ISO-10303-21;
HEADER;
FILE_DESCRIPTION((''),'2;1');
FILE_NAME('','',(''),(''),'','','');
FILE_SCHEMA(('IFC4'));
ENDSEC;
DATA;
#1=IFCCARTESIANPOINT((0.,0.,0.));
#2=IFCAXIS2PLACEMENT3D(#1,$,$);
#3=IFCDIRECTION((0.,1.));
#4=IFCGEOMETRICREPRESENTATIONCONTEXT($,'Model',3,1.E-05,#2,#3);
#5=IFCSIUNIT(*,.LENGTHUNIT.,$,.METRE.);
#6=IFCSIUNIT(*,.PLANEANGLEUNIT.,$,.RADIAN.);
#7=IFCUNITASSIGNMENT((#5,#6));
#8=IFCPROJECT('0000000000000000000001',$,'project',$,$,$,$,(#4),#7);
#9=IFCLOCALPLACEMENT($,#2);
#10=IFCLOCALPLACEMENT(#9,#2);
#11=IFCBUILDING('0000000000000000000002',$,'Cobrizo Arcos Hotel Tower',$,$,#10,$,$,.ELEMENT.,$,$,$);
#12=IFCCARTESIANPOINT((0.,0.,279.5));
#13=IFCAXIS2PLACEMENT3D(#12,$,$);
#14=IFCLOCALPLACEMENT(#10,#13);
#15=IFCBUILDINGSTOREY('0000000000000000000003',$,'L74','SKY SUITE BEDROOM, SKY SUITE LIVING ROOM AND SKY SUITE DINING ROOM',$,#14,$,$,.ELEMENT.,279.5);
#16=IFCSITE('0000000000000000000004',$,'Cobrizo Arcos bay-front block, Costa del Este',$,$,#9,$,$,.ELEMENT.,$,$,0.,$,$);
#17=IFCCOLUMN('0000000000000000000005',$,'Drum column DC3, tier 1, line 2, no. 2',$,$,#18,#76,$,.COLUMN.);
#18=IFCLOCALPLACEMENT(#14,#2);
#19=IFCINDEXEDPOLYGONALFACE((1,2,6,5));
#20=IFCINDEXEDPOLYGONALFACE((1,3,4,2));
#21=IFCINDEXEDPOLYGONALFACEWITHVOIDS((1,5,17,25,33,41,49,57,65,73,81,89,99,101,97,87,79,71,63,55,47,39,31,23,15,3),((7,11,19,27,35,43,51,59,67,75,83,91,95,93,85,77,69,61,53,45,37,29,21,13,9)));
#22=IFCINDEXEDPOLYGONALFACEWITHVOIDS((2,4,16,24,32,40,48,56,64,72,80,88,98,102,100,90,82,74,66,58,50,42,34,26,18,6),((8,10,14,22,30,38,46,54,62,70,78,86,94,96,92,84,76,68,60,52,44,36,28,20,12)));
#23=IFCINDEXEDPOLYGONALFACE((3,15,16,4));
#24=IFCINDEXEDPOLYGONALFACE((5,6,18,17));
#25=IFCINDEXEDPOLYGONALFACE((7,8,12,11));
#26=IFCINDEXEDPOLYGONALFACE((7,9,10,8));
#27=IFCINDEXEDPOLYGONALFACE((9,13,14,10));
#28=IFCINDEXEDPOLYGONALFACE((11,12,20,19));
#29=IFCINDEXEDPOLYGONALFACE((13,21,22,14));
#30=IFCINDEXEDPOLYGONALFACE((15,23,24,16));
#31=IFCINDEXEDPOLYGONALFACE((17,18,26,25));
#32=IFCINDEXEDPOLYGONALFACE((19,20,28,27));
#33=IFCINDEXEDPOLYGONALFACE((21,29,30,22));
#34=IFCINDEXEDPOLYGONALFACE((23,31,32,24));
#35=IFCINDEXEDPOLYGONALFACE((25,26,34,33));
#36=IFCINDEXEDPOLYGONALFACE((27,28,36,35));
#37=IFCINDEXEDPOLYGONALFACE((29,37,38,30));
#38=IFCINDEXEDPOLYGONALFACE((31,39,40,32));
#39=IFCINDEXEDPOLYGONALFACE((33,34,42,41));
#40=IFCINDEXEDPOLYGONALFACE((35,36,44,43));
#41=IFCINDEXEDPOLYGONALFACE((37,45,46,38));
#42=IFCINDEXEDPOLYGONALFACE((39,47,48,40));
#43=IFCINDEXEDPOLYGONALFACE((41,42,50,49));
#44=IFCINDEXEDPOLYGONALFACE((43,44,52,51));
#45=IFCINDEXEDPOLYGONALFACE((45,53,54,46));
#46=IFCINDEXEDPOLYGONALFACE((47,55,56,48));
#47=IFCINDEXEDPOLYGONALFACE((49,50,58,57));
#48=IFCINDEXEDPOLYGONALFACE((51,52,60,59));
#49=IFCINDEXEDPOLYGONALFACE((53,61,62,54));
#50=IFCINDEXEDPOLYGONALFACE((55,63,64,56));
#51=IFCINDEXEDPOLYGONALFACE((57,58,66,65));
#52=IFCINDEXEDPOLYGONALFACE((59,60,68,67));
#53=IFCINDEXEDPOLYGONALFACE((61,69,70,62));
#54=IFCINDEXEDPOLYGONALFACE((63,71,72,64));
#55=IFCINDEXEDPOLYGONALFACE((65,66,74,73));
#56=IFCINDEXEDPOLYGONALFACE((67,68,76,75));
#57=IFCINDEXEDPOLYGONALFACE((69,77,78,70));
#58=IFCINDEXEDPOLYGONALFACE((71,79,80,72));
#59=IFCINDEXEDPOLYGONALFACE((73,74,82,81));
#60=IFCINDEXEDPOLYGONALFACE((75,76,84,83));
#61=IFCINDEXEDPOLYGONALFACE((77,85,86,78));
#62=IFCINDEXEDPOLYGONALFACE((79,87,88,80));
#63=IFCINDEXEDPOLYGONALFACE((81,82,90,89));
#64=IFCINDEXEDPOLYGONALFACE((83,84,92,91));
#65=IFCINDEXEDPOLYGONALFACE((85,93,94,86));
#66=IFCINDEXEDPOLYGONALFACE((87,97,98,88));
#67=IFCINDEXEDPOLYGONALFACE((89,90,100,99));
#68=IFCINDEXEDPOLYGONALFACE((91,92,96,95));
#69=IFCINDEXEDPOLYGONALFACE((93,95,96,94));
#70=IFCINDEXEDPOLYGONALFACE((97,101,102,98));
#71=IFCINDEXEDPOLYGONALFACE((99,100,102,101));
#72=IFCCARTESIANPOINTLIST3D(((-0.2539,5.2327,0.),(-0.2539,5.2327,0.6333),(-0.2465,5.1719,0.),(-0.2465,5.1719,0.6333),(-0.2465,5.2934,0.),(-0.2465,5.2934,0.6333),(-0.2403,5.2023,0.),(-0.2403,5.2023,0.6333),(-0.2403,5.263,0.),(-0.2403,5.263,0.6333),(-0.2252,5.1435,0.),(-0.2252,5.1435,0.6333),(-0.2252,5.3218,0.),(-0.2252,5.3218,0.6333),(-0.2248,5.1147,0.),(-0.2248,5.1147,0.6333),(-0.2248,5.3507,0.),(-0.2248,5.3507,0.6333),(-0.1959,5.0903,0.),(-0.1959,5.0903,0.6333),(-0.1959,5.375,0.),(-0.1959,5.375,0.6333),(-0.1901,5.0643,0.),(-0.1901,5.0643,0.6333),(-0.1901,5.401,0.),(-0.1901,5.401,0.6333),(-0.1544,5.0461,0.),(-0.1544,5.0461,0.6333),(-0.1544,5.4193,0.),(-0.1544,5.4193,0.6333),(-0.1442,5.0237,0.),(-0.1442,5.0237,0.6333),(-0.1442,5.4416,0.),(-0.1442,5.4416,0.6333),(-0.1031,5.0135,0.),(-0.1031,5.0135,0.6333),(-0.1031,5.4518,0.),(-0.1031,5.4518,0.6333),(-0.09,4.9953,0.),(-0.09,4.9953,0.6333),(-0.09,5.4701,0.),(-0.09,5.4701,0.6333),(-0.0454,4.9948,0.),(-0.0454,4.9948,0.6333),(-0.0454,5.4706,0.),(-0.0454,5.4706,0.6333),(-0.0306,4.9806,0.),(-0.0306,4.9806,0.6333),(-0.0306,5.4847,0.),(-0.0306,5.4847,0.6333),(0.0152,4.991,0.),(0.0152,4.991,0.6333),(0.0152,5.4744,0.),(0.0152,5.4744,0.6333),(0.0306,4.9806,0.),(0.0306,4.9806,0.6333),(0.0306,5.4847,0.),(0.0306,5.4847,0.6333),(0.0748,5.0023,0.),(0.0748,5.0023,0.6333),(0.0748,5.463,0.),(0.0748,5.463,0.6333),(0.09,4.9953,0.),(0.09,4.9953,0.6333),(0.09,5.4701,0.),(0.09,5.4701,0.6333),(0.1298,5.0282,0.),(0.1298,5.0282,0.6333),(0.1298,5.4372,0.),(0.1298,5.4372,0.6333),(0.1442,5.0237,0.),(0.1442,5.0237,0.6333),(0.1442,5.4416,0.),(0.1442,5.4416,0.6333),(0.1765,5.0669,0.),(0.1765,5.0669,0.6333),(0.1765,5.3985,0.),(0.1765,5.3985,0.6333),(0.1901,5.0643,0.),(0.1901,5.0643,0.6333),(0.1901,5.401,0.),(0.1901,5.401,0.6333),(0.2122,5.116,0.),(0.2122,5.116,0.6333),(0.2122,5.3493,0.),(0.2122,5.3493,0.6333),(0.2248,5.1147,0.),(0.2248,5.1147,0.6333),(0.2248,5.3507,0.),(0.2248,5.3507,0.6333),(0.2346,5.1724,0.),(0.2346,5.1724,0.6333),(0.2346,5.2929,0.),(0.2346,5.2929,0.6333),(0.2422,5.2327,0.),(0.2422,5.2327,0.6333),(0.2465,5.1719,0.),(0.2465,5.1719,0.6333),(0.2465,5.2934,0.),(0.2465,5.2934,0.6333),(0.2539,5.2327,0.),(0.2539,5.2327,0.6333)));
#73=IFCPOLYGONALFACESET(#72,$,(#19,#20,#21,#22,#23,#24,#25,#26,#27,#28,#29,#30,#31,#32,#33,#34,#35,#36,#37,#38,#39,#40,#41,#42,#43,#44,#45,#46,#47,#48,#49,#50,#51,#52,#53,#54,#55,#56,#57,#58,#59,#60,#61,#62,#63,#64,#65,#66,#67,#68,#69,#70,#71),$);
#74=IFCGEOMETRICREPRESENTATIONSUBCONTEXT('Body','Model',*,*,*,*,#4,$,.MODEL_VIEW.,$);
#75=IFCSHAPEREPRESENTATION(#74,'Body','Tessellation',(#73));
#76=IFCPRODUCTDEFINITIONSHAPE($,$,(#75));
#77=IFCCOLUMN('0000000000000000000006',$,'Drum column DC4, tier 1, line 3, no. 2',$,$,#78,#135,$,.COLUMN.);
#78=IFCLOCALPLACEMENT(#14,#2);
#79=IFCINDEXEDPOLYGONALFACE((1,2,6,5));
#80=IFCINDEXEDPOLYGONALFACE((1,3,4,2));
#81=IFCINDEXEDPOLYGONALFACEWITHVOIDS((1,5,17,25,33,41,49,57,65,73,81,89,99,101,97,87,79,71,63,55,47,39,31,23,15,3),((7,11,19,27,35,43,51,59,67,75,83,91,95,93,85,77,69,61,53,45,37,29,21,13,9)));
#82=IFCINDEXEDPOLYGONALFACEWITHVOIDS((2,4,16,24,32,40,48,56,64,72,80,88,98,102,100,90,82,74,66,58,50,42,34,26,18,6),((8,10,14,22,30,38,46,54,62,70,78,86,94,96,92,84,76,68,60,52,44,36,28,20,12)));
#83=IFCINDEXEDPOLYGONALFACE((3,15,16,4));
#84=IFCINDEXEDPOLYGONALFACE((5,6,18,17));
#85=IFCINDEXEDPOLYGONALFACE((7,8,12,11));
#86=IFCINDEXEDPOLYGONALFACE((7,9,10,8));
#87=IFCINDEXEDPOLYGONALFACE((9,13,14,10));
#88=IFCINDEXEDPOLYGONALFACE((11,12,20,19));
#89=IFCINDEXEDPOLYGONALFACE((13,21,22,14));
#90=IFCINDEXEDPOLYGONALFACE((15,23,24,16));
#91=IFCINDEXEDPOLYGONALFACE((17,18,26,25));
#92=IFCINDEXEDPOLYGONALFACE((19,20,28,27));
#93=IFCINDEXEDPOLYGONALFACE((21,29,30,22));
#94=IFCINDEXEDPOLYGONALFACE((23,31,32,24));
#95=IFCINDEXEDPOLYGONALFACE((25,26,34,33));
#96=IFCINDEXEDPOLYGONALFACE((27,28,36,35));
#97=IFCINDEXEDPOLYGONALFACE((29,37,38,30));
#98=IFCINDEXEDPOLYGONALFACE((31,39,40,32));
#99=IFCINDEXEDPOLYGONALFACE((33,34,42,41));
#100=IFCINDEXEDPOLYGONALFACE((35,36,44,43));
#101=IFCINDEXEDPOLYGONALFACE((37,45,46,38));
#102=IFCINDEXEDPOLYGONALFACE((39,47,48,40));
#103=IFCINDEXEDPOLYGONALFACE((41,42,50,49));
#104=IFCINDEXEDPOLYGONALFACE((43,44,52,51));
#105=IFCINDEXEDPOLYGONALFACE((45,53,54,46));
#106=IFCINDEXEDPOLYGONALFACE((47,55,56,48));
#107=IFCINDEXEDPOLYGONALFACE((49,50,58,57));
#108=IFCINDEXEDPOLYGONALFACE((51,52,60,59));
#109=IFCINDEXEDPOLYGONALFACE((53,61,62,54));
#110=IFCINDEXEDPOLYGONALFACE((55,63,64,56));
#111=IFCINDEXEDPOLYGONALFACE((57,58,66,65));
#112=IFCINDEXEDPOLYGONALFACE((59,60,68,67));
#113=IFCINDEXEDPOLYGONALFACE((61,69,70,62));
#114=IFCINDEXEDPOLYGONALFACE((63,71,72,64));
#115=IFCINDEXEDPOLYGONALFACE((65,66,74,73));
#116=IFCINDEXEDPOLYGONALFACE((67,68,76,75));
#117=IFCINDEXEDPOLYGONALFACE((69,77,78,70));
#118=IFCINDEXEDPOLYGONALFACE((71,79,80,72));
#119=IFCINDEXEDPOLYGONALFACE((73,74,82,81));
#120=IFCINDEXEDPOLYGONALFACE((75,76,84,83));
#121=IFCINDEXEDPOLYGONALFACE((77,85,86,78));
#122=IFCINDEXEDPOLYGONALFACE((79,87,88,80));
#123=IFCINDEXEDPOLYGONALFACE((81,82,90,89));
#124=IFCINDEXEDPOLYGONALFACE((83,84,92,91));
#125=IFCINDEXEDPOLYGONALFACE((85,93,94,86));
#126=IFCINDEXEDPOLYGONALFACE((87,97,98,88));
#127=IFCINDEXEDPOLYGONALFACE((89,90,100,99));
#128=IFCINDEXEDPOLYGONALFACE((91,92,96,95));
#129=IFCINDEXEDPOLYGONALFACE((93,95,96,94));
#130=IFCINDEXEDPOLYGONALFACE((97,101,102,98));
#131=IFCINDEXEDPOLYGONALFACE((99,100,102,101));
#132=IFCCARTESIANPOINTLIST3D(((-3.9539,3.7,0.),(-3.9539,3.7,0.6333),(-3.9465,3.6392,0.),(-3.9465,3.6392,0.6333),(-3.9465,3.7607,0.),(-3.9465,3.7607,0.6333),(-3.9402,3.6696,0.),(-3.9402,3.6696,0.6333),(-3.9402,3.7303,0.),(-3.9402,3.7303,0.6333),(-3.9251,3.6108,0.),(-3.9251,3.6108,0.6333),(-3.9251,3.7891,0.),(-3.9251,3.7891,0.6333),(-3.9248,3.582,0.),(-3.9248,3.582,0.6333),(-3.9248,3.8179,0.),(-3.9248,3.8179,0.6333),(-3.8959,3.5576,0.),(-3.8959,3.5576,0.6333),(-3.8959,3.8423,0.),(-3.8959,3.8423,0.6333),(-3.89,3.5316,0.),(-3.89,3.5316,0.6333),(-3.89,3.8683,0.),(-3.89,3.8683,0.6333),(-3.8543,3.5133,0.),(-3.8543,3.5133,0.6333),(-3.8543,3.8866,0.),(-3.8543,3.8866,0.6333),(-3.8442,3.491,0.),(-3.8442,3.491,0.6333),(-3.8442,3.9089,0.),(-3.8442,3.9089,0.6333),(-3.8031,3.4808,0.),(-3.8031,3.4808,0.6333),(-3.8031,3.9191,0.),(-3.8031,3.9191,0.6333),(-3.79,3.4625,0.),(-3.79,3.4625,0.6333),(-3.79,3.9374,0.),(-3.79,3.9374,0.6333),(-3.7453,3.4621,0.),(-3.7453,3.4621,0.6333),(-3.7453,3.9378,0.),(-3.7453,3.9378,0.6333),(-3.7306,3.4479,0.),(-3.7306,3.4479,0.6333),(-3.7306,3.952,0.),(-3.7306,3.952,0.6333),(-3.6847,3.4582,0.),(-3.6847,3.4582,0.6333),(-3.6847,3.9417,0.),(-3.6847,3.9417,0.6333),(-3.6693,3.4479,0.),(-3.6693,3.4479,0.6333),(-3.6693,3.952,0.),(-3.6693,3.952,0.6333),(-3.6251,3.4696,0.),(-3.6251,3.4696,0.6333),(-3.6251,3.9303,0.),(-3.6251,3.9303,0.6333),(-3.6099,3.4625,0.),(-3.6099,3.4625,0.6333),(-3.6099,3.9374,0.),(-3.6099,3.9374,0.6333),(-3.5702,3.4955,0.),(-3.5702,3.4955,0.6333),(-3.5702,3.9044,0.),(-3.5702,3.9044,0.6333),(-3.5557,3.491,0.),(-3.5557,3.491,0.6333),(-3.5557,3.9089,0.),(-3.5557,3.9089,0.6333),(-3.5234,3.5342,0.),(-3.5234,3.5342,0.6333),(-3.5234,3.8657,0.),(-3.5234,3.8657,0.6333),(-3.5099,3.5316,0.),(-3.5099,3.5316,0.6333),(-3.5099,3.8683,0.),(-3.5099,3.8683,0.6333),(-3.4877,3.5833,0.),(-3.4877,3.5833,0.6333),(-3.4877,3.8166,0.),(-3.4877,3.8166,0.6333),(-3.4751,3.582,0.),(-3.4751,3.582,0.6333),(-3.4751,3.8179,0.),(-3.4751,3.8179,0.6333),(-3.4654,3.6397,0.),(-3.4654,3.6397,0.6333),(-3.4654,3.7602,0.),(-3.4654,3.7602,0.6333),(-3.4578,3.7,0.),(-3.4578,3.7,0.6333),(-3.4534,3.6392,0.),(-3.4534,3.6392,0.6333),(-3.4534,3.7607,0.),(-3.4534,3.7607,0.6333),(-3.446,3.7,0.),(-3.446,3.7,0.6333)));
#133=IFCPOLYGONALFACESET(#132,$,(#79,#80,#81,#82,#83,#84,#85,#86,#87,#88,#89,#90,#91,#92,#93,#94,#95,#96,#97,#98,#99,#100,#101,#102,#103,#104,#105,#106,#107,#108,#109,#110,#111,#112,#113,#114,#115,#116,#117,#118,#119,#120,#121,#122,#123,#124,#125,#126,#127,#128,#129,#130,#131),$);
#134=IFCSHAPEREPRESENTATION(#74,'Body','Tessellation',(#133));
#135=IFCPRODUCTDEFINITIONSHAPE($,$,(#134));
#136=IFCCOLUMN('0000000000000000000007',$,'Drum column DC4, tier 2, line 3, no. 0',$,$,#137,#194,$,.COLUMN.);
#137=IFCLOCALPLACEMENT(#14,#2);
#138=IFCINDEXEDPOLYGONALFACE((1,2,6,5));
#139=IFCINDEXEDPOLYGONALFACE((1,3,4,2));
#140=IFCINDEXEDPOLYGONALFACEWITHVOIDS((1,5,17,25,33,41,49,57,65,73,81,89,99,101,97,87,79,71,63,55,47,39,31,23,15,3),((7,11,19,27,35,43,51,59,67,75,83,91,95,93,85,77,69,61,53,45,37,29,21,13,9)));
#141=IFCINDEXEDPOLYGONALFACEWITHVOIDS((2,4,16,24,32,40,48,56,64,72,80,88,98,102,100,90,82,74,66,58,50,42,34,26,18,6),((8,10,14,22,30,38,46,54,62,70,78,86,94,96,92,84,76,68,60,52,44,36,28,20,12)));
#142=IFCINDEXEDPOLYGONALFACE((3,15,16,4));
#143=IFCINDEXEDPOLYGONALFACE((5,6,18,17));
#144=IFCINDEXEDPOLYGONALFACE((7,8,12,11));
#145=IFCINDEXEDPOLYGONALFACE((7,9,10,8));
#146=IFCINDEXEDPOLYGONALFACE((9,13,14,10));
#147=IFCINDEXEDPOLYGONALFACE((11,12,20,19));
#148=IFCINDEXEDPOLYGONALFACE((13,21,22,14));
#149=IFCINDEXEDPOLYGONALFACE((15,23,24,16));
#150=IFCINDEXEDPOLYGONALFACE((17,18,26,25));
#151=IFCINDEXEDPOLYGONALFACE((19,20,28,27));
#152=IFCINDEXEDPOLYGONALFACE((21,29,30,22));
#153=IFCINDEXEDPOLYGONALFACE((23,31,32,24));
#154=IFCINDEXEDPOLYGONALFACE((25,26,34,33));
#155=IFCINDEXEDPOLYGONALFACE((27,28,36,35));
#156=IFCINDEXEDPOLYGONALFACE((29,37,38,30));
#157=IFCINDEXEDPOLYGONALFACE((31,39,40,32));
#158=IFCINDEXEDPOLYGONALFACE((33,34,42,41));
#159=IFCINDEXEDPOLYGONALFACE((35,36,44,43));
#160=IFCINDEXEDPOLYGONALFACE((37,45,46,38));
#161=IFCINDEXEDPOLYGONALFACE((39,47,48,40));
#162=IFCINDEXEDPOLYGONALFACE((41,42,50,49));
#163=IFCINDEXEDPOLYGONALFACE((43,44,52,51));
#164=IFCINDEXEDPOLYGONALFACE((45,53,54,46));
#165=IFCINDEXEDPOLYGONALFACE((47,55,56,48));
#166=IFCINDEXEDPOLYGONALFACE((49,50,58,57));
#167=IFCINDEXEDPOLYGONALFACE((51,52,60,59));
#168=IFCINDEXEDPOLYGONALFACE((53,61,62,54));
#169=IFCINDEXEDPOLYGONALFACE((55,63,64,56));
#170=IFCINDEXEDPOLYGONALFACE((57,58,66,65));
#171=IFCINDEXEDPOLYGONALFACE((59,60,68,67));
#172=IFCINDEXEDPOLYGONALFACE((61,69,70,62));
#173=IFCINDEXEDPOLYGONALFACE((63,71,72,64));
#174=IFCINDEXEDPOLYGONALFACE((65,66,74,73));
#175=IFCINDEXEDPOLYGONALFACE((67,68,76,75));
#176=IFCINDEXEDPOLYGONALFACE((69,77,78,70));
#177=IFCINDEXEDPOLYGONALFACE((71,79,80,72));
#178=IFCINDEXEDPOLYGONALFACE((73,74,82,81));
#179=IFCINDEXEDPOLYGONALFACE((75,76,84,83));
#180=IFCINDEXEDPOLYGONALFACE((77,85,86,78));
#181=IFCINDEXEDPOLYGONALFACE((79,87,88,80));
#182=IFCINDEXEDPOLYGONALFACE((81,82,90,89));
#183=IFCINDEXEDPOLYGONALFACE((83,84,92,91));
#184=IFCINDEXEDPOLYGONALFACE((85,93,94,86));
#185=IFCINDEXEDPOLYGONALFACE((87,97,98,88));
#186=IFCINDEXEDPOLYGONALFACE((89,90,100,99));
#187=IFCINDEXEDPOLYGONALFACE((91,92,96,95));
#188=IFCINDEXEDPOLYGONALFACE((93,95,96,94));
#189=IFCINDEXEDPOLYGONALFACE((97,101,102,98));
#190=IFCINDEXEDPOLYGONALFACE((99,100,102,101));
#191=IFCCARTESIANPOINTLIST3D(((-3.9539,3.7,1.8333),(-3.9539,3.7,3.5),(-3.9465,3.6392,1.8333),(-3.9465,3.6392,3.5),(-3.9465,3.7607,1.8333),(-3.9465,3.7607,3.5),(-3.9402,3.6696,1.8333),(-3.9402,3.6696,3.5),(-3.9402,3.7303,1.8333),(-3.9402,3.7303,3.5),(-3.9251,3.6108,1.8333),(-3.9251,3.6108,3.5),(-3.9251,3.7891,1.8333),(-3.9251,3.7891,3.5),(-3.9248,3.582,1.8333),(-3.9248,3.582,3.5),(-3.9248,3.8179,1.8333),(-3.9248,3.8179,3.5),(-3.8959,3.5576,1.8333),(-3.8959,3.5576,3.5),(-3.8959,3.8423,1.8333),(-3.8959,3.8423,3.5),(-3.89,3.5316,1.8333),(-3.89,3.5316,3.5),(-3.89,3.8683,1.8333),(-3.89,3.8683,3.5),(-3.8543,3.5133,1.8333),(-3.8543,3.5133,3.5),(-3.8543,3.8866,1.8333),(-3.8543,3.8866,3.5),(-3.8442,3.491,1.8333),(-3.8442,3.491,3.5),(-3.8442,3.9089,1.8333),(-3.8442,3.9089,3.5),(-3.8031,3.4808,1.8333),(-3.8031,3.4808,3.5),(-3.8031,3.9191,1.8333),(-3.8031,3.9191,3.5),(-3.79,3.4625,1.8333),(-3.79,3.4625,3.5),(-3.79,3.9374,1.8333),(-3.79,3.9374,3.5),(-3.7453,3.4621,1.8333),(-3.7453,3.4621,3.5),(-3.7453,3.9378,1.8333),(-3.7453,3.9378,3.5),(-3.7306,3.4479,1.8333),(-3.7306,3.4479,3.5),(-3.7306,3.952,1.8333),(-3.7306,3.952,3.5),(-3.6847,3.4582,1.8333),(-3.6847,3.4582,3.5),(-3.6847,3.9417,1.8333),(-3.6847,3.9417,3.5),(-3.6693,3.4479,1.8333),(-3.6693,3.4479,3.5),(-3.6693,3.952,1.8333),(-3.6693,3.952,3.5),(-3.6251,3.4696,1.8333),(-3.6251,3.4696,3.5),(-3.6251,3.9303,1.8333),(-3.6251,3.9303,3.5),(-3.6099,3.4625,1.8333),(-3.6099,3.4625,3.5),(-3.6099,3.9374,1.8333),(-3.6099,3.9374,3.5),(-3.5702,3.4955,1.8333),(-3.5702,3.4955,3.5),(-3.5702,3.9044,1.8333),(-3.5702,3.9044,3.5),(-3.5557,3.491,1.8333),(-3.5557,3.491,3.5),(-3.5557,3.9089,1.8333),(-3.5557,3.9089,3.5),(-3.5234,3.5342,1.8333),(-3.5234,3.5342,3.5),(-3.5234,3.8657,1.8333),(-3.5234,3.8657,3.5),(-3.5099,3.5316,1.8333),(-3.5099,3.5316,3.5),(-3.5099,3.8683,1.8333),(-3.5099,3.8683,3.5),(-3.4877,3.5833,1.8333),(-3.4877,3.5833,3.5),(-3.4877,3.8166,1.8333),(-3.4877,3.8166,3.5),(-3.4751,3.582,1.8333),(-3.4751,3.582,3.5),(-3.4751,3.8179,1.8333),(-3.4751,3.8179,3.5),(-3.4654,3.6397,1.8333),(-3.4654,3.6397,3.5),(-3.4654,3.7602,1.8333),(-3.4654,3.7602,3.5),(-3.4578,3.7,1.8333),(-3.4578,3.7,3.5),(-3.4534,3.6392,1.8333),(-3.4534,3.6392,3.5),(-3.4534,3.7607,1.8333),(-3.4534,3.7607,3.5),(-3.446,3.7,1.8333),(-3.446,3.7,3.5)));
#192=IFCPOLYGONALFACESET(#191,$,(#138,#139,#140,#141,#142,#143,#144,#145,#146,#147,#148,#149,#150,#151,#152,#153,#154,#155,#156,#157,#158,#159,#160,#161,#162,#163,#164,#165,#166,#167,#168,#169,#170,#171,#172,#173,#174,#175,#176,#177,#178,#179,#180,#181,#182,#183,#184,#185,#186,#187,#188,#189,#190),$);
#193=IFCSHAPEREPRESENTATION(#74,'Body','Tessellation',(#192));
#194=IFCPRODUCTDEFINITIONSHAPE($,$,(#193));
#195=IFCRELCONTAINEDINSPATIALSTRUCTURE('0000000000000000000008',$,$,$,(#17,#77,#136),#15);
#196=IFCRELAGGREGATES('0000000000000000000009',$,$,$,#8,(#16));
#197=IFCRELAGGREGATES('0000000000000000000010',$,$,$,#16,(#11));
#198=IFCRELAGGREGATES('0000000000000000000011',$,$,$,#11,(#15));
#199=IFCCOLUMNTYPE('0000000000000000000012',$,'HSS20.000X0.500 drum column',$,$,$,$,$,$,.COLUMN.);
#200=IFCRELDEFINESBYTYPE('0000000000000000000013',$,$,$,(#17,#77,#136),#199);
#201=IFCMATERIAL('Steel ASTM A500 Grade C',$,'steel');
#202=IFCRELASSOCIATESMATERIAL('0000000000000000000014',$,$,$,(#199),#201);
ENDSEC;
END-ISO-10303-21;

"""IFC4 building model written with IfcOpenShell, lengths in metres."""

from ifc_helpers import new_model, si_unit, direction, frame, origin, origin_2d, place, context, subcontext, project, spatial, hollow_circle, extrude, material, material_profile, profile_set, type_object, element, save


model = new_model("IFC4")

# Units and contexts
model_context = context("Model", 3, precision=1e-05, world=origin(), true_north=direction((0.0, 1.0)))
body_context = subcontext(model_context, "Body", "Model", "MODEL_VIEW")
ifc_project = project(units=[si_unit("LENGTHUNIT", "METRE"), si_unit("PLANEANGLEUNIT", "RADIAN")], contexts=[model_context])

# Site, building, storey
site_placement = place(None, origin())
site = spatial("IfcSite", under=ifc_project, at=site_placement, Name="Cobrizo Arcos bay-front block, Costa del Este", CompositionType="ELEMENT", RefElevation=0.0)
building_placement = place(site_placement, origin())
building = spatial("IfcBuilding", under=site, at=building_placement, Name="Cobrizo Arcos Hotel Tower", CompositionType="ELEMENT")
storey_placement = place(building_placement, frame((0.0, 0.0, 279.5)))
storey = spatial("IfcBuildingStorey", under=building, at=storey_placement, Name="L74", Description="SKY SUITE BEDROOM, SKY SUITE LIVING ROOM AND SKY SUITE DINING ROOM", CompositionType="ELEMENT", Elevation=279.5)

# Columns
ifc_material_1 = material(Name="Steel ASTM A500 Grade C", Category="steel")
ifc_material_profile_1 = material_profile(ifc_material_1, hollow_circle(Radius=0.2539, WallThickness=0.0117, at=origin_2d()), Name="HSS20.000X0.500")
ifc_profile_set_1 = profile_set([ifc_material_profile_1], Name="Steel ASTM A500 Grade C")
column_type = type_object("IfcColumnType", Name="HSS20.000X0.500 drum column", PredefinedType="COLUMN", material=ifc_profile_set_1)
for number, where, z_axis, x_axis, name in (
    (1, (0.0, 5.2327, 0.0), (0.0, 0.0, 1.0), (1.0, 0.0, 0.0), "Drum column DC3, tier 1, line 2, no. 2"),
    (2, (-3.7, 3.7, 0.0), (0.0, 0.0, 1.0), (1.0, 0.0, 0.0), "Drum column DC4, tier 1, line 3, no. 2"),
):
    element("IfcColumn", number, at=place(storey_placement, frame(where, z_axis=z_axis, x_axis=x_axis)), inside=storey, type_object=column_type, Name=name, PredefinedType="COLUMN", context=body_context, shape_type="SweptSolid", body=[
        extrude(hollow_circle(Radius=0.2539, WallThickness=0.0117, at=origin_2d()), origin(), (0.0, 0.0, 1.0), 0.6333),
    ])
for number, where, z_axis, x_axis, name in (
    (3, (-3.7, 3.7, 1.8333), (0.0, 0.0, 1.0), (1.0, 0.0, 0.0), "Drum column DC4, tier 2, line 3, no. 0"),
):
    element("IfcColumn", number, at=place(storey_placement, frame(where, z_axis=z_axis, x_axis=x_axis)), inside=storey, type_object=column_type, Name=name, PredefinedType="COLUMN", context=body_context, shape_type="SweptSolid", body=[
        extrude(hollow_circle(Radius=0.2539, WallThickness=0.0117, at=origin_2d()), origin(), (0.0, 0.0, 1.0), 1.6667),
    ])

save(model, "model.ifc")
